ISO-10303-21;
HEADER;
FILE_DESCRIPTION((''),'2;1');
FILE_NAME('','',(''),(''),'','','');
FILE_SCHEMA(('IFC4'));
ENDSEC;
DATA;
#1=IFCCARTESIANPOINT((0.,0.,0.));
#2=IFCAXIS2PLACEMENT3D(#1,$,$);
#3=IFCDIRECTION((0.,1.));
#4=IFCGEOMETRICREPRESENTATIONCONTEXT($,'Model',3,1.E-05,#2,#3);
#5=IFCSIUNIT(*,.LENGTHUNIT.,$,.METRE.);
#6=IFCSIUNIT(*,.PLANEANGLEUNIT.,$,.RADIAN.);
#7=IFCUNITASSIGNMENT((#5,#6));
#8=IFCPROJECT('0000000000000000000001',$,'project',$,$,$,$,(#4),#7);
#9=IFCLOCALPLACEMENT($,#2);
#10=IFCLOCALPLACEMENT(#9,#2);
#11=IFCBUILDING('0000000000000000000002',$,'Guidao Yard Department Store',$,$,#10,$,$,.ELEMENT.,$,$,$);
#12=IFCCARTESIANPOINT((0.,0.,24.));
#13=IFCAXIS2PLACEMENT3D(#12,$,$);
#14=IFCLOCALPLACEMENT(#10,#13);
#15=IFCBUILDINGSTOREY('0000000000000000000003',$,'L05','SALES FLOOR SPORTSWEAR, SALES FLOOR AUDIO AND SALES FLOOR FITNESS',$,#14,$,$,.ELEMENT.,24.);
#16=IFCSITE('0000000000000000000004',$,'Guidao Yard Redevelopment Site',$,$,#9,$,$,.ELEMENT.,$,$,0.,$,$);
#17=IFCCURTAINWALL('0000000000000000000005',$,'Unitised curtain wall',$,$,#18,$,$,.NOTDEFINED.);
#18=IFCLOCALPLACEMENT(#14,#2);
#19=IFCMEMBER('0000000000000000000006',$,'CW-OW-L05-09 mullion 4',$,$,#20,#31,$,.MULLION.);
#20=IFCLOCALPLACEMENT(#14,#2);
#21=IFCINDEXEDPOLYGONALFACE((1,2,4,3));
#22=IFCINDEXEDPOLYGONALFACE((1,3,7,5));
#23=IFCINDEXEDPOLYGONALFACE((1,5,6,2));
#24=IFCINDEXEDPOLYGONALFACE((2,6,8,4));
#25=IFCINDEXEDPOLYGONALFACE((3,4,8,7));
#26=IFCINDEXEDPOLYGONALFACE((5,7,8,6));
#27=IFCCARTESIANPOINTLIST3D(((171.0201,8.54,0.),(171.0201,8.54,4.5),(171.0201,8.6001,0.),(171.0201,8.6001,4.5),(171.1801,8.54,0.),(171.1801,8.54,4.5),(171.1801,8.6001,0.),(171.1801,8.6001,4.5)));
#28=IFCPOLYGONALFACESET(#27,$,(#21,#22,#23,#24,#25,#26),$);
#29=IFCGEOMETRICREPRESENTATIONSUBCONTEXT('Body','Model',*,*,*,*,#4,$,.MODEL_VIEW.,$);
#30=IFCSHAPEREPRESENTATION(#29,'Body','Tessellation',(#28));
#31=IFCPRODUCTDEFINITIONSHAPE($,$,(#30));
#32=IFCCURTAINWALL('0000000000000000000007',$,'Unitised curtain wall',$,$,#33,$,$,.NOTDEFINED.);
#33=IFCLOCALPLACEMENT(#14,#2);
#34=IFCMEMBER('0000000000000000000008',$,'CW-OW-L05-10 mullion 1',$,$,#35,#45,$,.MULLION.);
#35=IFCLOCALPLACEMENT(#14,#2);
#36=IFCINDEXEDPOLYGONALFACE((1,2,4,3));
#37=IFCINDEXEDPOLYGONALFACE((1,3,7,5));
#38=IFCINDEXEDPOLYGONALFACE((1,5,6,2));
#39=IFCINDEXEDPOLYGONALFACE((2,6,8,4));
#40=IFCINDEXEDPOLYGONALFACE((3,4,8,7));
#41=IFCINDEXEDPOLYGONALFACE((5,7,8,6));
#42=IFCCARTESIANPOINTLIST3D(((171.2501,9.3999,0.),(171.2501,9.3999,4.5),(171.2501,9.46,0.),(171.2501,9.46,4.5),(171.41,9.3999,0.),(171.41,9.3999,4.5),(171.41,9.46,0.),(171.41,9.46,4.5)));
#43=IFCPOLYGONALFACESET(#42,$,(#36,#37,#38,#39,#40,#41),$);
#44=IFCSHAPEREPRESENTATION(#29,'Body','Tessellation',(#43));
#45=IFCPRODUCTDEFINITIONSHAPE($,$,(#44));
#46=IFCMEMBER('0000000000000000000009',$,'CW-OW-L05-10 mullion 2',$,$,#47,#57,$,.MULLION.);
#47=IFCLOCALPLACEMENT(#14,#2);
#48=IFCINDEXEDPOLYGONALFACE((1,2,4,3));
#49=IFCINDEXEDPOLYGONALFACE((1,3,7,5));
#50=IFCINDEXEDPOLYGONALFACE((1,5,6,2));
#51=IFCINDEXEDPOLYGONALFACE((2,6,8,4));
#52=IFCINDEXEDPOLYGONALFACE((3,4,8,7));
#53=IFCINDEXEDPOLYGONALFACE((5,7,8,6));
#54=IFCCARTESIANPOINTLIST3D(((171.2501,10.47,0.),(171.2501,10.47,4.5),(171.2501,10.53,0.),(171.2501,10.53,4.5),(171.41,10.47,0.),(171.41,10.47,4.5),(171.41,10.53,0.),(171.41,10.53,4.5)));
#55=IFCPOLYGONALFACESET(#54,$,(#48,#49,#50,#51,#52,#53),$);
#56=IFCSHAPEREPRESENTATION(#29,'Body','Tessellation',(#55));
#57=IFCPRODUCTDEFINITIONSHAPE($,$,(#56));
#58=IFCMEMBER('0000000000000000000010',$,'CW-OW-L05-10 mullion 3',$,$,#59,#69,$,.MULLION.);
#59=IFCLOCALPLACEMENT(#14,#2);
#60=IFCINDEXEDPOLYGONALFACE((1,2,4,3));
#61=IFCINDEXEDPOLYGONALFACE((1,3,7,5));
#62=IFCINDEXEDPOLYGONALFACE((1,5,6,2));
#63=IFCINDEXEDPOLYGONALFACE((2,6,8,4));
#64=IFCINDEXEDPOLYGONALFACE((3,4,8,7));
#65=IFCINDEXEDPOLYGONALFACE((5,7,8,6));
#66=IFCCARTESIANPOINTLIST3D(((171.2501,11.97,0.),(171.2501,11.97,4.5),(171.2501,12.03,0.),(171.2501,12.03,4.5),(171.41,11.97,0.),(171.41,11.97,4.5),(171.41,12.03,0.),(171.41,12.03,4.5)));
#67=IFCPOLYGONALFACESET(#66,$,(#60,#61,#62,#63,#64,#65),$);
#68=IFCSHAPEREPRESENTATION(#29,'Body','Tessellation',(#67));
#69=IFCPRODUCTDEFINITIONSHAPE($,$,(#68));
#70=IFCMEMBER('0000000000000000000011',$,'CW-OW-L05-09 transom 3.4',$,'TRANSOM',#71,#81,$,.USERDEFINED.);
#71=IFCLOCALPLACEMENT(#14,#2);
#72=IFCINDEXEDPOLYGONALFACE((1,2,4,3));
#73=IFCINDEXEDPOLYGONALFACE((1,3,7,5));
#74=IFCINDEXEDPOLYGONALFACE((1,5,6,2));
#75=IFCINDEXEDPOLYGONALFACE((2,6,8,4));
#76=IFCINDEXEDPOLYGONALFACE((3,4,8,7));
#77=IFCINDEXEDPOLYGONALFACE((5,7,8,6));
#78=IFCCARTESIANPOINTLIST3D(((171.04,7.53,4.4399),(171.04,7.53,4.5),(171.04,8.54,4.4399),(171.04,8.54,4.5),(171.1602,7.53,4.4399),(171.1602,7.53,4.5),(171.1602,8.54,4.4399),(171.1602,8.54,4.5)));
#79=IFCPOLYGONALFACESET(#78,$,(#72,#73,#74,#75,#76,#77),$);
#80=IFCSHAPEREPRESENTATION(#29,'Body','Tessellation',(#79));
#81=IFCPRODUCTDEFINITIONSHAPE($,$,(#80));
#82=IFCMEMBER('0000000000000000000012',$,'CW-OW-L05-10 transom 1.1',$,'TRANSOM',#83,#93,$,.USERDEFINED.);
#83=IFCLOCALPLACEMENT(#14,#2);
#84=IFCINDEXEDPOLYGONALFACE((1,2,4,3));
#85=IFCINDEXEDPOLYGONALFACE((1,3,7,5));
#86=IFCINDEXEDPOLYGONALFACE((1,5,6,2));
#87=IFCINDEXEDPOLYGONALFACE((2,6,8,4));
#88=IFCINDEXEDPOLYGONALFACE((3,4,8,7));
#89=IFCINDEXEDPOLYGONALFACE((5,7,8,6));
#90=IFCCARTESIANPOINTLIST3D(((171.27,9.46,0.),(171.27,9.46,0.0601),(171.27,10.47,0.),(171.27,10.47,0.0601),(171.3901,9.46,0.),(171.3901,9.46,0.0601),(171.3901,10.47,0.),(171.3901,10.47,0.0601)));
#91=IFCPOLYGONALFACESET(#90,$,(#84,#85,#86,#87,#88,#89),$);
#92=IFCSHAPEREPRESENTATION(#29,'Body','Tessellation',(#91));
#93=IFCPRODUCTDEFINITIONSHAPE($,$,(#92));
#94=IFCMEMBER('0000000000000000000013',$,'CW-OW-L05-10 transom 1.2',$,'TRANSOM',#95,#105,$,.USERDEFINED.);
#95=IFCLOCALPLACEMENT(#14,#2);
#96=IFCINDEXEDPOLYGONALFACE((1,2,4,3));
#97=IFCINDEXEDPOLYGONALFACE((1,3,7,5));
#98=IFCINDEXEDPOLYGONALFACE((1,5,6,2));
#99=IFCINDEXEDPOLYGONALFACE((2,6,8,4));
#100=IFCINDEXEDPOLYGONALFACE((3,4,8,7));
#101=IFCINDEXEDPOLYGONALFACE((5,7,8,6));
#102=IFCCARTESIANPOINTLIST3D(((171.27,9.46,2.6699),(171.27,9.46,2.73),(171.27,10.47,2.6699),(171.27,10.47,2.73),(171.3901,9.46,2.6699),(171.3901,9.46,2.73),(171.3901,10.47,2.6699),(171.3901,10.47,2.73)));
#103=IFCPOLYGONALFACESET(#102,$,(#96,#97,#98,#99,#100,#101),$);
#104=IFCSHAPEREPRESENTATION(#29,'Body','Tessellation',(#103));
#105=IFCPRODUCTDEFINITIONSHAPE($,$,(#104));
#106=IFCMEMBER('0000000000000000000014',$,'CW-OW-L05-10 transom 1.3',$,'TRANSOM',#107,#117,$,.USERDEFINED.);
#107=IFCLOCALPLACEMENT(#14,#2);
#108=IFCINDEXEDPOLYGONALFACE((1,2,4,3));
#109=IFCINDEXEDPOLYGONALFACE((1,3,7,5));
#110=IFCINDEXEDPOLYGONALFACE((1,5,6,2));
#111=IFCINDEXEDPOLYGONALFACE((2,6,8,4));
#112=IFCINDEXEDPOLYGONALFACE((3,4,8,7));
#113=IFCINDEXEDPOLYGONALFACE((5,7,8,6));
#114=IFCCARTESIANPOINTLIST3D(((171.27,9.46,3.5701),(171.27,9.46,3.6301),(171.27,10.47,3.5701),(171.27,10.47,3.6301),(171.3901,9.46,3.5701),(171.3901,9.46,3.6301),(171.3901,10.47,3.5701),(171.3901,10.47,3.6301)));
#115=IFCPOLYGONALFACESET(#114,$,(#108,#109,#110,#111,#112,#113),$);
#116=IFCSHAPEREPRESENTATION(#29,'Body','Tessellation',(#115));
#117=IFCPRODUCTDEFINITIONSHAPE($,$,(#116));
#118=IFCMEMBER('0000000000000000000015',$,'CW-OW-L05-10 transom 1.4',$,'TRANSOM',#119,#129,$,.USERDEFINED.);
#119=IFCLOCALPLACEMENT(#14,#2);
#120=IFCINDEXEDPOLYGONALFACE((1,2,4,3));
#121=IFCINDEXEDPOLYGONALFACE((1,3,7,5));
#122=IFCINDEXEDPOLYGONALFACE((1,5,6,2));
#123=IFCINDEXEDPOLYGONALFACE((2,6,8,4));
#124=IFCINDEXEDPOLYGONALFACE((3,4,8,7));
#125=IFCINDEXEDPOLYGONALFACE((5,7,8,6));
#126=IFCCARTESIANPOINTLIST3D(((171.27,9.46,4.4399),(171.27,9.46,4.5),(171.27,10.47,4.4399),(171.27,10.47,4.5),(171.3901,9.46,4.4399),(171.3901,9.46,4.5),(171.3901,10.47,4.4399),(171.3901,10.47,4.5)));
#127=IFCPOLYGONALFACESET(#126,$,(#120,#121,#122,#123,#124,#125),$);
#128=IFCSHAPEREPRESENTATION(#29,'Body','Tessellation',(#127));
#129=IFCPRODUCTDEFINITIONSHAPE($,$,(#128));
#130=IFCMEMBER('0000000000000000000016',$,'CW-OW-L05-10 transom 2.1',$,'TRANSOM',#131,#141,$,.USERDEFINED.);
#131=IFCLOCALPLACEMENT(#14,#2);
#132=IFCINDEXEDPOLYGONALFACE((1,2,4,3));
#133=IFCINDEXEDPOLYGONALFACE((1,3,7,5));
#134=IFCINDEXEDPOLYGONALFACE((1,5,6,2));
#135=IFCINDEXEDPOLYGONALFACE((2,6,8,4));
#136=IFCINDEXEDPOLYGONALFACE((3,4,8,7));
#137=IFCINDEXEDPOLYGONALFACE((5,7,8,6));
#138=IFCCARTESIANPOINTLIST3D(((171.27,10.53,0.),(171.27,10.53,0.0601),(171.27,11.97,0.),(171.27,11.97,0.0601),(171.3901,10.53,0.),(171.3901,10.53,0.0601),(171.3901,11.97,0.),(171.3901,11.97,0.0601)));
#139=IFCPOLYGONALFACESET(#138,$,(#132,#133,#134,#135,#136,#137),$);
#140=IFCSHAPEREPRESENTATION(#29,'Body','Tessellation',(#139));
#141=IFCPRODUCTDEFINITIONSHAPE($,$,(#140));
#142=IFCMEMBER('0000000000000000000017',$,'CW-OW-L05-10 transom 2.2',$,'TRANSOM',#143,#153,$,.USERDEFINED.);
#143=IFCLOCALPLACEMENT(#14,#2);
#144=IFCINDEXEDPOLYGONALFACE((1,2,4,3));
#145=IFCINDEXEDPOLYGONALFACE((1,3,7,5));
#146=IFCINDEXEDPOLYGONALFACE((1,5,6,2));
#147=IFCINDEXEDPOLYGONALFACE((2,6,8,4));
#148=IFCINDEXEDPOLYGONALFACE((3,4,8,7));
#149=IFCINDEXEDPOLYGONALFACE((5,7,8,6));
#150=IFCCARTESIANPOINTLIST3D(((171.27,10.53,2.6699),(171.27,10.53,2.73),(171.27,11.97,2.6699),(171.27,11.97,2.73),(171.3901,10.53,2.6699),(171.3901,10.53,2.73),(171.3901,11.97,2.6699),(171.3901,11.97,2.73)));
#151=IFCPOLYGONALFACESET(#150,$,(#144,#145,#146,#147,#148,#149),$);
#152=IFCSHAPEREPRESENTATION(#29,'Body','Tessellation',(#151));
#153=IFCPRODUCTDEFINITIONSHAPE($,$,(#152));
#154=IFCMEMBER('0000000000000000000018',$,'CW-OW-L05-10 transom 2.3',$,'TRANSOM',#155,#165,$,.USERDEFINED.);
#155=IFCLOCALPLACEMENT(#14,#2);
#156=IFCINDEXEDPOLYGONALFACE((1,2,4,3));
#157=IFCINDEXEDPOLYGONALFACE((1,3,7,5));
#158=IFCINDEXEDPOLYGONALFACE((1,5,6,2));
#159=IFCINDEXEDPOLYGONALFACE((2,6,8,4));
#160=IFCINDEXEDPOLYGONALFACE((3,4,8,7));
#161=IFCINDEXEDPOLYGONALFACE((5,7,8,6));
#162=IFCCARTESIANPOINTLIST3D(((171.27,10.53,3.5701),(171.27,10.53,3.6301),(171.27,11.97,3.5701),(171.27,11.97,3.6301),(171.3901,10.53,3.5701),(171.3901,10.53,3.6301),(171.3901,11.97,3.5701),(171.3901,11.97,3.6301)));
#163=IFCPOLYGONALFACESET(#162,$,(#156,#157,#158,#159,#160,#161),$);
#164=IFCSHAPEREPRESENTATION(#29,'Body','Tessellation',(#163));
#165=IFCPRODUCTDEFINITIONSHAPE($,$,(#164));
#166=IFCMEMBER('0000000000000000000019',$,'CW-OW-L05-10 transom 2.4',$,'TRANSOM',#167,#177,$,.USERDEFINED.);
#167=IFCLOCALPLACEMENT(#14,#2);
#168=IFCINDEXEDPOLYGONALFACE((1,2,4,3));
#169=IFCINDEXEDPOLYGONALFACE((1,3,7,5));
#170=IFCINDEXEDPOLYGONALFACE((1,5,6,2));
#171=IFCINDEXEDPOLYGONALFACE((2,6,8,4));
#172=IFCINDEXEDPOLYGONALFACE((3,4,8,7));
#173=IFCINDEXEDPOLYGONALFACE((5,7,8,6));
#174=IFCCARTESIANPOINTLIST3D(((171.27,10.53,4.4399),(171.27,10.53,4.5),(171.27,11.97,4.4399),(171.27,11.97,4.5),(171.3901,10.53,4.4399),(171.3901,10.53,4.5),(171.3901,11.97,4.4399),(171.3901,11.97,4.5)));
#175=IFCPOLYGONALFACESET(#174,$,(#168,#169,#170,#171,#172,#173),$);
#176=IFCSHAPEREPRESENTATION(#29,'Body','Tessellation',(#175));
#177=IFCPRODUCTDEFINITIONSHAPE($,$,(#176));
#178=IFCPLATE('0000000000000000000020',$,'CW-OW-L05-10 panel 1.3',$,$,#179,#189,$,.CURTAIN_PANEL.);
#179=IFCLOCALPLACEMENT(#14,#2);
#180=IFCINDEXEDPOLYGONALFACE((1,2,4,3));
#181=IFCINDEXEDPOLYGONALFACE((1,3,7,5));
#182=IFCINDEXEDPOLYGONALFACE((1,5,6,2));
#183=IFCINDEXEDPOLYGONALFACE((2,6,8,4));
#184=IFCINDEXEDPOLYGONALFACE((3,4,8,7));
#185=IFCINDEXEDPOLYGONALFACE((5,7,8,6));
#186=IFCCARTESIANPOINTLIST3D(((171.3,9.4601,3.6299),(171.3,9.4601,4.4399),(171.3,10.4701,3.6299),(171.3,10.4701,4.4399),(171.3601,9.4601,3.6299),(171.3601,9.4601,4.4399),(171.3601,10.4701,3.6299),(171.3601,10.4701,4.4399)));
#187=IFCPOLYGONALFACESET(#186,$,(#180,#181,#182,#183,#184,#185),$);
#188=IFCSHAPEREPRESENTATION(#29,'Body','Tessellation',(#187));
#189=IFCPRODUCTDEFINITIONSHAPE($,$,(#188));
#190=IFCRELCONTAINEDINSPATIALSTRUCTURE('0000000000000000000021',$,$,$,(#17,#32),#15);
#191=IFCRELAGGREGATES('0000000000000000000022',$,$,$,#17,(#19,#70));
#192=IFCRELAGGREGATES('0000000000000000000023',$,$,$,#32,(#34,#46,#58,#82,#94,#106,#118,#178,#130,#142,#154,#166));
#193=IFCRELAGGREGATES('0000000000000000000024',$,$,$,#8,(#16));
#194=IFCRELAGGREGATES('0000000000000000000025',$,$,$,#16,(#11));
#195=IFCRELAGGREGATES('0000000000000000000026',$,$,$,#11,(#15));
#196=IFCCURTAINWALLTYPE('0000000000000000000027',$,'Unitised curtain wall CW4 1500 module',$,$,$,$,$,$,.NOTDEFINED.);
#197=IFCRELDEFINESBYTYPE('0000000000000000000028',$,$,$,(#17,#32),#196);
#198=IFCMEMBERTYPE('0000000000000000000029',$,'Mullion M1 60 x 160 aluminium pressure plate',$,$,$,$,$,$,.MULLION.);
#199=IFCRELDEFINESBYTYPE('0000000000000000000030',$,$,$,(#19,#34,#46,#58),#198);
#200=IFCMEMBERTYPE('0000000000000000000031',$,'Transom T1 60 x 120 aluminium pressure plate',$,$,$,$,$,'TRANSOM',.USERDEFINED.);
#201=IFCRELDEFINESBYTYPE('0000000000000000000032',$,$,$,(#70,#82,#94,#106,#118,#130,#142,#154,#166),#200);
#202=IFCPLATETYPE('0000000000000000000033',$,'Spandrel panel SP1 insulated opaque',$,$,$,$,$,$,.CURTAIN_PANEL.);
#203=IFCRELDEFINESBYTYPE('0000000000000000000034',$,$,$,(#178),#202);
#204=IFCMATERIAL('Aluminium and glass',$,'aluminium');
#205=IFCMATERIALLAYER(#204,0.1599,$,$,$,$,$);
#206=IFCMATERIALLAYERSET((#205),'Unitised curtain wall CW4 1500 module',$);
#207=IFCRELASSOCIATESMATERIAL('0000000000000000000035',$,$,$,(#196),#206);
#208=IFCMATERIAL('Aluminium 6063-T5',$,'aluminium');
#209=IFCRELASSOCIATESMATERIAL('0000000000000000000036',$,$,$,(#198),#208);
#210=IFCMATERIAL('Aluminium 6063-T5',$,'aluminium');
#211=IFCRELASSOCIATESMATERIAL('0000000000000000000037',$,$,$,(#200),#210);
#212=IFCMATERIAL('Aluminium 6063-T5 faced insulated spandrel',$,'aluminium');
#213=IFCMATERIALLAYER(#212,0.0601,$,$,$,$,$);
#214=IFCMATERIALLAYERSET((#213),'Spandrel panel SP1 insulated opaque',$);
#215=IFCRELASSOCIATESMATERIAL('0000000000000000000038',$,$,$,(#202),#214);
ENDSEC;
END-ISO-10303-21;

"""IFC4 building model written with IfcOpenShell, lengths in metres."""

from ifc_helpers import new_model, si_unit, direction, frame, origin, origin_2d, place, context, subcontext, project, spatial, rectangle, extrude, material, layer, layer_set, material_profile, profile_set, type_object, element, aggregate, save


model = new_model("IFC4")

# Units and contexts
model_context = context("Model", 3, precision=1e-05, world=origin(), true_north=direction((0.0, 1.0)))
body_context = subcontext(model_context, "Body", "Model", "MODEL_VIEW")
ifc_project = project(units=[si_unit("LENGTHUNIT", "METRE"), si_unit("PLANEANGLEUNIT", "RADIAN")], contexts=[model_context])

# Site, building, storey
site_placement = place(None, origin())
site = spatial("IfcSite", under=ifc_project, at=site_placement, Name="Guidao Yard Redevelopment Site", CompositionType="ELEMENT", RefElevation=0.0)
building_placement = place(site_placement, origin())
building = spatial("IfcBuilding", under=site, at=building_placement, Name="Guidao Yard Department Store", CompositionType="ELEMENT")
storey_placement = place(building_placement, frame((0.0, 0.0, 24.0)))
storey = spatial("IfcBuildingStorey", under=building, at=storey_placement, Name="L05", Description="SALES FLOOR SPORTSWEAR, SALES FLOOR AUDIO AND SALES FLOOR FITNESS", CompositionType="ELEMENT", Elevation=24.0)

# Curtain wall, member
ifc_material_1 = material(Name="Aluminium and glass", Category="aluminium")
ifc_layer_1 = layer(ifc_material_1, 0.1599)
ifc_layer_set_1 = layer_set([ifc_layer_1], Name="Unitised curtain wall CW4 1500 module")
curtain_wall_type = type_object("IfcCurtainWallType", Name="Unitised curtain wall CW4 1500 module", PredefinedType="NOTDEFINED", material=ifc_layer_set_1)
curtain_wall_1_placement = place(storey_placement, origin())
curtain_wall_1 = element("IfcCurtainWall", 1, at=curtain_wall_1_placement, inside=storey, type_object=curtain_wall_type, Name="Unitised curtain wall", PredefinedType="NOTDEFINED")
ifc_material_2 = material(Name="Aluminium 6063-T5", Category="aluminium")
ifc_material_profile_1 = material_profile(ifc_material_2, rectangle(XDim=0.0601, YDim=0.1599, at=origin_2d()), Name="Mullion M1 60 x 160 aluminium pressure plate")
ifc_profile_set_1 = profile_set([ifc_material_profile_1], Name="Aluminium 6063-T5")
member_type_1 = type_object("IfcMemberType", Name="Mullion M1 60 x 160 aluminium pressure plate", PredefinedType="MULLION", material=ifc_profile_set_1)
member_1_placement = place(storey_placement, frame((171.1001, 8.5701, 0.0), z_axis=(0.0, 0.0, 1.0), x_axis=(0.0, -1.0, 0.0)))
member_1 = element("IfcMember", 2, at=member_1_placement, type_object=member_type_1, Name="CW-OW-L05-09 mullion 4", PredefinedType="MULLION", context=body_context, shape_type="SweptSolid", body=[
    extrude(rectangle(XDim=0.0601, YDim=0.1599, at=origin_2d()), origin(), (0.0, 0.0, 1.0), 4.5),
])

# Curtain wall, members
curtain_wall_2_placement = place(storey_placement, origin())
curtain_wall_2 = element("IfcCurtainWall", 3, at=curtain_wall_2_placement, inside=storey, type_object=curtain_wall_type, Name="Unitised curtain wall", PredefinedType="NOTDEFINED")
member_2_placement = place(storey_placement, frame((171.3301, 9.4299, 0.0), z_axis=(0.0, 0.0, 1.0), x_axis=(0.0, -1.0, 0.0)))
member_2 = element("IfcMember", 4, at=member_2_placement, type_object=member_type_1, Name="CW-OW-L05-10 mullion 1", PredefinedType="MULLION", context=body_context, shape_type="SweptSolid", body=[
    extrude(rectangle(XDim=0.0601, YDim=0.1599, at=origin_2d()), origin(), (0.0, 0.0, 1.0), 4.5),
])
member_3_placement = place(storey_placement, frame((171.3301, 10.5, 0.0), z_axis=(0.0, 0.0, 1.0), x_axis=(0.0, -1.0, 0.0)))
member_3 = element("IfcMember", 5, at=member_3_placement, type_object=member_type_1, Name="CW-OW-L05-10 mullion 2", PredefinedType="MULLION", context=body_context, shape_type="SweptSolid", body=[
    extrude(rectangle(XDim=0.0601, YDim=0.1599, at=origin_2d()), origin(), (0.0, 0.0, 1.0), 4.5),
])
member_4_placement = place(storey_placement, frame((171.3301, 12.0, 0.0), z_axis=(0.0, 0.0, 1.0), x_axis=(0.0, -1.0, 0.0)))
member_4 = element("IfcMember", 6, at=member_4_placement, type_object=member_type_1, Name="CW-OW-L05-10 mullion 3", PredefinedType="MULLION", context=body_context, shape_type="SweptSolid", body=[
    extrude(rectangle(XDim=0.0601, YDim=0.1599, at=origin_2d()), origin(), (0.0, 0.0, 1.0), 4.5),
])

# Members
ifc_material_3 = material(Name="Aluminium 6063-T5", Category="aluminium")
ifc_material_profile_2 = material_profile(ifc_material_3, rectangle(XDim=0.1201, YDim=0.0601, at=origin_2d()), Name="Transom T1 60 x 120 aluminium pressure plate")
ifc_profile_set_2 = profile_set([ifc_material_profile_2], Name="Aluminium 6063-T5")
member_type_2 = type_object("IfcMemberType", Name="Transom T1 60 x 120 aluminium pressure plate", ElementType="TRANSOM", PredefinedType="USERDEFINED", material=ifc_profile_set_2)
member_5_placement = place(storey_placement, frame((171.1001, 8.54, 4.47), z_axis=(0.0, -1.0, 0.0), x_axis=(1.0, 0.0, 0.0)))
member_5 = element("IfcMember", 7, at=member_5_placement, type_object=member_type_2, Name="CW-OW-L05-09 transom 3.4", ObjectType="TRANSOM", PredefinedType="USERDEFINED", context=body_context, shape_type="SweptSolid", body=[
    extrude(rectangle(XDim=0.1201, YDim=0.0601, at=origin_2d()), origin(), (0.0, 0.0, 1.0), 1.01),
])
aggregate(curtain_wall_1, [member_1, member_5])
member_6_placement = place(storey_placement, frame((171.3301, 10.47, 0.03), z_axis=(0.0, -1.0, 0.0), x_axis=(1.0, 0.0, 0.0)))
member_6 = element("IfcMember", 8, at=member_6_placement, type_object=member_type_2, Name="CW-OW-L05-10 transom 1.1", ObjectType="TRANSOM", PredefinedType="USERDEFINED", context=body_context, shape_type="SweptSolid", body=[
    extrude(rectangle(XDim=0.1201, YDim=0.0601, at=origin_2d()), origin(), (0.0, 0.0, 1.0), 1.01),
])
member_7_placement = place(storey_placement, frame((171.3301, 10.47, 2.7), z_axis=(0.0, -1.0, 0.0), x_axis=(1.0, 0.0, 0.0)))
member_7 = element("IfcMember", 9, at=member_7_placement, type_object=member_type_2, Name="CW-OW-L05-10 transom 1.2", ObjectType="TRANSOM", PredefinedType="USERDEFINED", context=body_context, shape_type="SweptSolid", body=[
    extrude(rectangle(XDim=0.1201, YDim=0.0601, at=origin_2d()), origin(), (0.0, 0.0, 1.0), 1.01),
])
member_8_placement = place(storey_placement, frame((171.3301, 10.47, 3.6001), z_axis=(0.0, -1.0, 0.0), x_axis=(1.0, 0.0, 0.0)))
member_8 = element("IfcMember", 10, at=member_8_placement, type_object=member_type_2, Name="CW-OW-L05-10 transom 1.3", ObjectType="TRANSOM", PredefinedType="USERDEFINED", context=body_context, shape_type="SweptSolid", body=[
    extrude(rectangle(XDim=0.1201, YDim=0.0601, at=origin_2d()), origin(), (0.0, 0.0, 1.0), 1.01),
])
member_9_placement = place(storey_placement, frame((171.3301, 10.47, 4.47), z_axis=(0.0, -1.0, 0.0), x_axis=(1.0, 0.0, 0.0)))
member_9 = element("IfcMember", 11, at=member_9_placement, type_object=member_type_2, Name="CW-OW-L05-10 transom 1.4", ObjectType="TRANSOM", PredefinedType="USERDEFINED", context=body_context, shape_type="SweptSolid", body=[
    extrude(rectangle(XDim=0.1201, YDim=0.0601, at=origin_2d()), origin(), (0.0, 0.0, 1.0), 1.01),
])
member_10_placement = place(storey_placement, frame((171.3301, 11.97, 0.03), z_axis=(0.0, -1.0, 0.0), x_axis=(1.0, 0.0, 0.0)))
member_10 = element("IfcMember", 12, at=member_10_placement, type_object=member_type_2, Name="CW-OW-L05-10 transom 2.1", ObjectType="TRANSOM", PredefinedType="USERDEFINED", context=body_context, shape_type="SweptSolid", body=[
    extrude(rectangle(XDim=0.1201, YDim=0.0601, at=origin_2d()), origin(), (0.0, 0.0, 1.0), 1.4399),
])
member_11_placement = place(storey_placement, frame((171.3301, 11.97, 2.7), z_axis=(0.0, -1.0, 0.0), x_axis=(1.0, 0.0, 0.0)))
member_11 = element("IfcMember", 13, at=member_11_placement, type_object=member_type_2, Name="CW-OW-L05-10 transom 2.2", ObjectType="TRANSOM", PredefinedType="USERDEFINED", context=body_context, shape_type="SweptSolid", body=[
    extrude(rectangle(XDim=0.1201, YDim=0.0601, at=origin_2d()), origin(), (0.0, 0.0, 1.0), 1.4399),
])
member_12_placement = place(storey_placement, frame((171.3301, 11.97, 3.6001), z_axis=(0.0, -1.0, 0.0), x_axis=(1.0, 0.0, 0.0)))
member_12 = element("IfcMember", 14, at=member_12_placement, type_object=member_type_2, Name="CW-OW-L05-10 transom 2.3", ObjectType="TRANSOM", PredefinedType="USERDEFINED", context=body_context, shape_type="SweptSolid", body=[
    extrude(rectangle(XDim=0.1201, YDim=0.0601, at=origin_2d()), origin(), (0.0, 0.0, 1.0), 1.4399),
])
member_13_placement = place(storey_placement, frame((171.3301, 11.97, 4.47), z_axis=(0.0, -1.0, 0.0), x_axis=(1.0, 0.0, 0.0)))
member_13 = element("IfcMember", 15, at=member_13_placement, type_object=member_type_2, Name="CW-OW-L05-10 transom 2.4", ObjectType="TRANSOM", PredefinedType="USERDEFINED", context=body_context, shape_type="SweptSolid", body=[
    extrude(rectangle(XDim=0.1201, YDim=0.0601, at=origin_2d()), origin(), (0.0, 0.0, 1.0), 1.4399),
])

# Plate
ifc_material_4 = material(Name="Aluminium 6063-T5 faced insulated spandrel", Category="aluminium")
ifc_layer_2 = layer(ifc_material_4, 0.0601)
ifc_layer_set_2 = layer_set([ifc_layer_2], Name="Spandrel panel SP1 insulated opaque")
plate_type_1 = type_object("IfcPlateType", Name="Spandrel panel SP1 insulated opaque", PredefinedType="CURTAIN_PANEL", material=ifc_layer_set_2)
plate_1_placement = place(storey_placement, frame((171.3301, 9.9651, 3.6299), z_axis=(0.0, 0.0, 1.0), x_axis=(0.0, -1.0, 0.0)))
plate_1 = element("IfcPlate", 16, at=plate_1_placement, type_object=plate_type_1, Name="CW-OW-L05-10 panel 1.3", PredefinedType="CURTAIN_PANEL", context=body_context, shape_type="SweptSolid", body=[
    extrude(rectangle(XDim=1.01, YDim=0.0601, at=origin_2d()), origin(), (0.0, 0.0, 1.0), 0.8101),
])
aggregate(curtain_wall_2, [member_2, member_3, member_4, member_6, member_7, member_8, member_9, plate_1, member_10, member_11, member_12, member_13])

save(model, "model.ifc")
